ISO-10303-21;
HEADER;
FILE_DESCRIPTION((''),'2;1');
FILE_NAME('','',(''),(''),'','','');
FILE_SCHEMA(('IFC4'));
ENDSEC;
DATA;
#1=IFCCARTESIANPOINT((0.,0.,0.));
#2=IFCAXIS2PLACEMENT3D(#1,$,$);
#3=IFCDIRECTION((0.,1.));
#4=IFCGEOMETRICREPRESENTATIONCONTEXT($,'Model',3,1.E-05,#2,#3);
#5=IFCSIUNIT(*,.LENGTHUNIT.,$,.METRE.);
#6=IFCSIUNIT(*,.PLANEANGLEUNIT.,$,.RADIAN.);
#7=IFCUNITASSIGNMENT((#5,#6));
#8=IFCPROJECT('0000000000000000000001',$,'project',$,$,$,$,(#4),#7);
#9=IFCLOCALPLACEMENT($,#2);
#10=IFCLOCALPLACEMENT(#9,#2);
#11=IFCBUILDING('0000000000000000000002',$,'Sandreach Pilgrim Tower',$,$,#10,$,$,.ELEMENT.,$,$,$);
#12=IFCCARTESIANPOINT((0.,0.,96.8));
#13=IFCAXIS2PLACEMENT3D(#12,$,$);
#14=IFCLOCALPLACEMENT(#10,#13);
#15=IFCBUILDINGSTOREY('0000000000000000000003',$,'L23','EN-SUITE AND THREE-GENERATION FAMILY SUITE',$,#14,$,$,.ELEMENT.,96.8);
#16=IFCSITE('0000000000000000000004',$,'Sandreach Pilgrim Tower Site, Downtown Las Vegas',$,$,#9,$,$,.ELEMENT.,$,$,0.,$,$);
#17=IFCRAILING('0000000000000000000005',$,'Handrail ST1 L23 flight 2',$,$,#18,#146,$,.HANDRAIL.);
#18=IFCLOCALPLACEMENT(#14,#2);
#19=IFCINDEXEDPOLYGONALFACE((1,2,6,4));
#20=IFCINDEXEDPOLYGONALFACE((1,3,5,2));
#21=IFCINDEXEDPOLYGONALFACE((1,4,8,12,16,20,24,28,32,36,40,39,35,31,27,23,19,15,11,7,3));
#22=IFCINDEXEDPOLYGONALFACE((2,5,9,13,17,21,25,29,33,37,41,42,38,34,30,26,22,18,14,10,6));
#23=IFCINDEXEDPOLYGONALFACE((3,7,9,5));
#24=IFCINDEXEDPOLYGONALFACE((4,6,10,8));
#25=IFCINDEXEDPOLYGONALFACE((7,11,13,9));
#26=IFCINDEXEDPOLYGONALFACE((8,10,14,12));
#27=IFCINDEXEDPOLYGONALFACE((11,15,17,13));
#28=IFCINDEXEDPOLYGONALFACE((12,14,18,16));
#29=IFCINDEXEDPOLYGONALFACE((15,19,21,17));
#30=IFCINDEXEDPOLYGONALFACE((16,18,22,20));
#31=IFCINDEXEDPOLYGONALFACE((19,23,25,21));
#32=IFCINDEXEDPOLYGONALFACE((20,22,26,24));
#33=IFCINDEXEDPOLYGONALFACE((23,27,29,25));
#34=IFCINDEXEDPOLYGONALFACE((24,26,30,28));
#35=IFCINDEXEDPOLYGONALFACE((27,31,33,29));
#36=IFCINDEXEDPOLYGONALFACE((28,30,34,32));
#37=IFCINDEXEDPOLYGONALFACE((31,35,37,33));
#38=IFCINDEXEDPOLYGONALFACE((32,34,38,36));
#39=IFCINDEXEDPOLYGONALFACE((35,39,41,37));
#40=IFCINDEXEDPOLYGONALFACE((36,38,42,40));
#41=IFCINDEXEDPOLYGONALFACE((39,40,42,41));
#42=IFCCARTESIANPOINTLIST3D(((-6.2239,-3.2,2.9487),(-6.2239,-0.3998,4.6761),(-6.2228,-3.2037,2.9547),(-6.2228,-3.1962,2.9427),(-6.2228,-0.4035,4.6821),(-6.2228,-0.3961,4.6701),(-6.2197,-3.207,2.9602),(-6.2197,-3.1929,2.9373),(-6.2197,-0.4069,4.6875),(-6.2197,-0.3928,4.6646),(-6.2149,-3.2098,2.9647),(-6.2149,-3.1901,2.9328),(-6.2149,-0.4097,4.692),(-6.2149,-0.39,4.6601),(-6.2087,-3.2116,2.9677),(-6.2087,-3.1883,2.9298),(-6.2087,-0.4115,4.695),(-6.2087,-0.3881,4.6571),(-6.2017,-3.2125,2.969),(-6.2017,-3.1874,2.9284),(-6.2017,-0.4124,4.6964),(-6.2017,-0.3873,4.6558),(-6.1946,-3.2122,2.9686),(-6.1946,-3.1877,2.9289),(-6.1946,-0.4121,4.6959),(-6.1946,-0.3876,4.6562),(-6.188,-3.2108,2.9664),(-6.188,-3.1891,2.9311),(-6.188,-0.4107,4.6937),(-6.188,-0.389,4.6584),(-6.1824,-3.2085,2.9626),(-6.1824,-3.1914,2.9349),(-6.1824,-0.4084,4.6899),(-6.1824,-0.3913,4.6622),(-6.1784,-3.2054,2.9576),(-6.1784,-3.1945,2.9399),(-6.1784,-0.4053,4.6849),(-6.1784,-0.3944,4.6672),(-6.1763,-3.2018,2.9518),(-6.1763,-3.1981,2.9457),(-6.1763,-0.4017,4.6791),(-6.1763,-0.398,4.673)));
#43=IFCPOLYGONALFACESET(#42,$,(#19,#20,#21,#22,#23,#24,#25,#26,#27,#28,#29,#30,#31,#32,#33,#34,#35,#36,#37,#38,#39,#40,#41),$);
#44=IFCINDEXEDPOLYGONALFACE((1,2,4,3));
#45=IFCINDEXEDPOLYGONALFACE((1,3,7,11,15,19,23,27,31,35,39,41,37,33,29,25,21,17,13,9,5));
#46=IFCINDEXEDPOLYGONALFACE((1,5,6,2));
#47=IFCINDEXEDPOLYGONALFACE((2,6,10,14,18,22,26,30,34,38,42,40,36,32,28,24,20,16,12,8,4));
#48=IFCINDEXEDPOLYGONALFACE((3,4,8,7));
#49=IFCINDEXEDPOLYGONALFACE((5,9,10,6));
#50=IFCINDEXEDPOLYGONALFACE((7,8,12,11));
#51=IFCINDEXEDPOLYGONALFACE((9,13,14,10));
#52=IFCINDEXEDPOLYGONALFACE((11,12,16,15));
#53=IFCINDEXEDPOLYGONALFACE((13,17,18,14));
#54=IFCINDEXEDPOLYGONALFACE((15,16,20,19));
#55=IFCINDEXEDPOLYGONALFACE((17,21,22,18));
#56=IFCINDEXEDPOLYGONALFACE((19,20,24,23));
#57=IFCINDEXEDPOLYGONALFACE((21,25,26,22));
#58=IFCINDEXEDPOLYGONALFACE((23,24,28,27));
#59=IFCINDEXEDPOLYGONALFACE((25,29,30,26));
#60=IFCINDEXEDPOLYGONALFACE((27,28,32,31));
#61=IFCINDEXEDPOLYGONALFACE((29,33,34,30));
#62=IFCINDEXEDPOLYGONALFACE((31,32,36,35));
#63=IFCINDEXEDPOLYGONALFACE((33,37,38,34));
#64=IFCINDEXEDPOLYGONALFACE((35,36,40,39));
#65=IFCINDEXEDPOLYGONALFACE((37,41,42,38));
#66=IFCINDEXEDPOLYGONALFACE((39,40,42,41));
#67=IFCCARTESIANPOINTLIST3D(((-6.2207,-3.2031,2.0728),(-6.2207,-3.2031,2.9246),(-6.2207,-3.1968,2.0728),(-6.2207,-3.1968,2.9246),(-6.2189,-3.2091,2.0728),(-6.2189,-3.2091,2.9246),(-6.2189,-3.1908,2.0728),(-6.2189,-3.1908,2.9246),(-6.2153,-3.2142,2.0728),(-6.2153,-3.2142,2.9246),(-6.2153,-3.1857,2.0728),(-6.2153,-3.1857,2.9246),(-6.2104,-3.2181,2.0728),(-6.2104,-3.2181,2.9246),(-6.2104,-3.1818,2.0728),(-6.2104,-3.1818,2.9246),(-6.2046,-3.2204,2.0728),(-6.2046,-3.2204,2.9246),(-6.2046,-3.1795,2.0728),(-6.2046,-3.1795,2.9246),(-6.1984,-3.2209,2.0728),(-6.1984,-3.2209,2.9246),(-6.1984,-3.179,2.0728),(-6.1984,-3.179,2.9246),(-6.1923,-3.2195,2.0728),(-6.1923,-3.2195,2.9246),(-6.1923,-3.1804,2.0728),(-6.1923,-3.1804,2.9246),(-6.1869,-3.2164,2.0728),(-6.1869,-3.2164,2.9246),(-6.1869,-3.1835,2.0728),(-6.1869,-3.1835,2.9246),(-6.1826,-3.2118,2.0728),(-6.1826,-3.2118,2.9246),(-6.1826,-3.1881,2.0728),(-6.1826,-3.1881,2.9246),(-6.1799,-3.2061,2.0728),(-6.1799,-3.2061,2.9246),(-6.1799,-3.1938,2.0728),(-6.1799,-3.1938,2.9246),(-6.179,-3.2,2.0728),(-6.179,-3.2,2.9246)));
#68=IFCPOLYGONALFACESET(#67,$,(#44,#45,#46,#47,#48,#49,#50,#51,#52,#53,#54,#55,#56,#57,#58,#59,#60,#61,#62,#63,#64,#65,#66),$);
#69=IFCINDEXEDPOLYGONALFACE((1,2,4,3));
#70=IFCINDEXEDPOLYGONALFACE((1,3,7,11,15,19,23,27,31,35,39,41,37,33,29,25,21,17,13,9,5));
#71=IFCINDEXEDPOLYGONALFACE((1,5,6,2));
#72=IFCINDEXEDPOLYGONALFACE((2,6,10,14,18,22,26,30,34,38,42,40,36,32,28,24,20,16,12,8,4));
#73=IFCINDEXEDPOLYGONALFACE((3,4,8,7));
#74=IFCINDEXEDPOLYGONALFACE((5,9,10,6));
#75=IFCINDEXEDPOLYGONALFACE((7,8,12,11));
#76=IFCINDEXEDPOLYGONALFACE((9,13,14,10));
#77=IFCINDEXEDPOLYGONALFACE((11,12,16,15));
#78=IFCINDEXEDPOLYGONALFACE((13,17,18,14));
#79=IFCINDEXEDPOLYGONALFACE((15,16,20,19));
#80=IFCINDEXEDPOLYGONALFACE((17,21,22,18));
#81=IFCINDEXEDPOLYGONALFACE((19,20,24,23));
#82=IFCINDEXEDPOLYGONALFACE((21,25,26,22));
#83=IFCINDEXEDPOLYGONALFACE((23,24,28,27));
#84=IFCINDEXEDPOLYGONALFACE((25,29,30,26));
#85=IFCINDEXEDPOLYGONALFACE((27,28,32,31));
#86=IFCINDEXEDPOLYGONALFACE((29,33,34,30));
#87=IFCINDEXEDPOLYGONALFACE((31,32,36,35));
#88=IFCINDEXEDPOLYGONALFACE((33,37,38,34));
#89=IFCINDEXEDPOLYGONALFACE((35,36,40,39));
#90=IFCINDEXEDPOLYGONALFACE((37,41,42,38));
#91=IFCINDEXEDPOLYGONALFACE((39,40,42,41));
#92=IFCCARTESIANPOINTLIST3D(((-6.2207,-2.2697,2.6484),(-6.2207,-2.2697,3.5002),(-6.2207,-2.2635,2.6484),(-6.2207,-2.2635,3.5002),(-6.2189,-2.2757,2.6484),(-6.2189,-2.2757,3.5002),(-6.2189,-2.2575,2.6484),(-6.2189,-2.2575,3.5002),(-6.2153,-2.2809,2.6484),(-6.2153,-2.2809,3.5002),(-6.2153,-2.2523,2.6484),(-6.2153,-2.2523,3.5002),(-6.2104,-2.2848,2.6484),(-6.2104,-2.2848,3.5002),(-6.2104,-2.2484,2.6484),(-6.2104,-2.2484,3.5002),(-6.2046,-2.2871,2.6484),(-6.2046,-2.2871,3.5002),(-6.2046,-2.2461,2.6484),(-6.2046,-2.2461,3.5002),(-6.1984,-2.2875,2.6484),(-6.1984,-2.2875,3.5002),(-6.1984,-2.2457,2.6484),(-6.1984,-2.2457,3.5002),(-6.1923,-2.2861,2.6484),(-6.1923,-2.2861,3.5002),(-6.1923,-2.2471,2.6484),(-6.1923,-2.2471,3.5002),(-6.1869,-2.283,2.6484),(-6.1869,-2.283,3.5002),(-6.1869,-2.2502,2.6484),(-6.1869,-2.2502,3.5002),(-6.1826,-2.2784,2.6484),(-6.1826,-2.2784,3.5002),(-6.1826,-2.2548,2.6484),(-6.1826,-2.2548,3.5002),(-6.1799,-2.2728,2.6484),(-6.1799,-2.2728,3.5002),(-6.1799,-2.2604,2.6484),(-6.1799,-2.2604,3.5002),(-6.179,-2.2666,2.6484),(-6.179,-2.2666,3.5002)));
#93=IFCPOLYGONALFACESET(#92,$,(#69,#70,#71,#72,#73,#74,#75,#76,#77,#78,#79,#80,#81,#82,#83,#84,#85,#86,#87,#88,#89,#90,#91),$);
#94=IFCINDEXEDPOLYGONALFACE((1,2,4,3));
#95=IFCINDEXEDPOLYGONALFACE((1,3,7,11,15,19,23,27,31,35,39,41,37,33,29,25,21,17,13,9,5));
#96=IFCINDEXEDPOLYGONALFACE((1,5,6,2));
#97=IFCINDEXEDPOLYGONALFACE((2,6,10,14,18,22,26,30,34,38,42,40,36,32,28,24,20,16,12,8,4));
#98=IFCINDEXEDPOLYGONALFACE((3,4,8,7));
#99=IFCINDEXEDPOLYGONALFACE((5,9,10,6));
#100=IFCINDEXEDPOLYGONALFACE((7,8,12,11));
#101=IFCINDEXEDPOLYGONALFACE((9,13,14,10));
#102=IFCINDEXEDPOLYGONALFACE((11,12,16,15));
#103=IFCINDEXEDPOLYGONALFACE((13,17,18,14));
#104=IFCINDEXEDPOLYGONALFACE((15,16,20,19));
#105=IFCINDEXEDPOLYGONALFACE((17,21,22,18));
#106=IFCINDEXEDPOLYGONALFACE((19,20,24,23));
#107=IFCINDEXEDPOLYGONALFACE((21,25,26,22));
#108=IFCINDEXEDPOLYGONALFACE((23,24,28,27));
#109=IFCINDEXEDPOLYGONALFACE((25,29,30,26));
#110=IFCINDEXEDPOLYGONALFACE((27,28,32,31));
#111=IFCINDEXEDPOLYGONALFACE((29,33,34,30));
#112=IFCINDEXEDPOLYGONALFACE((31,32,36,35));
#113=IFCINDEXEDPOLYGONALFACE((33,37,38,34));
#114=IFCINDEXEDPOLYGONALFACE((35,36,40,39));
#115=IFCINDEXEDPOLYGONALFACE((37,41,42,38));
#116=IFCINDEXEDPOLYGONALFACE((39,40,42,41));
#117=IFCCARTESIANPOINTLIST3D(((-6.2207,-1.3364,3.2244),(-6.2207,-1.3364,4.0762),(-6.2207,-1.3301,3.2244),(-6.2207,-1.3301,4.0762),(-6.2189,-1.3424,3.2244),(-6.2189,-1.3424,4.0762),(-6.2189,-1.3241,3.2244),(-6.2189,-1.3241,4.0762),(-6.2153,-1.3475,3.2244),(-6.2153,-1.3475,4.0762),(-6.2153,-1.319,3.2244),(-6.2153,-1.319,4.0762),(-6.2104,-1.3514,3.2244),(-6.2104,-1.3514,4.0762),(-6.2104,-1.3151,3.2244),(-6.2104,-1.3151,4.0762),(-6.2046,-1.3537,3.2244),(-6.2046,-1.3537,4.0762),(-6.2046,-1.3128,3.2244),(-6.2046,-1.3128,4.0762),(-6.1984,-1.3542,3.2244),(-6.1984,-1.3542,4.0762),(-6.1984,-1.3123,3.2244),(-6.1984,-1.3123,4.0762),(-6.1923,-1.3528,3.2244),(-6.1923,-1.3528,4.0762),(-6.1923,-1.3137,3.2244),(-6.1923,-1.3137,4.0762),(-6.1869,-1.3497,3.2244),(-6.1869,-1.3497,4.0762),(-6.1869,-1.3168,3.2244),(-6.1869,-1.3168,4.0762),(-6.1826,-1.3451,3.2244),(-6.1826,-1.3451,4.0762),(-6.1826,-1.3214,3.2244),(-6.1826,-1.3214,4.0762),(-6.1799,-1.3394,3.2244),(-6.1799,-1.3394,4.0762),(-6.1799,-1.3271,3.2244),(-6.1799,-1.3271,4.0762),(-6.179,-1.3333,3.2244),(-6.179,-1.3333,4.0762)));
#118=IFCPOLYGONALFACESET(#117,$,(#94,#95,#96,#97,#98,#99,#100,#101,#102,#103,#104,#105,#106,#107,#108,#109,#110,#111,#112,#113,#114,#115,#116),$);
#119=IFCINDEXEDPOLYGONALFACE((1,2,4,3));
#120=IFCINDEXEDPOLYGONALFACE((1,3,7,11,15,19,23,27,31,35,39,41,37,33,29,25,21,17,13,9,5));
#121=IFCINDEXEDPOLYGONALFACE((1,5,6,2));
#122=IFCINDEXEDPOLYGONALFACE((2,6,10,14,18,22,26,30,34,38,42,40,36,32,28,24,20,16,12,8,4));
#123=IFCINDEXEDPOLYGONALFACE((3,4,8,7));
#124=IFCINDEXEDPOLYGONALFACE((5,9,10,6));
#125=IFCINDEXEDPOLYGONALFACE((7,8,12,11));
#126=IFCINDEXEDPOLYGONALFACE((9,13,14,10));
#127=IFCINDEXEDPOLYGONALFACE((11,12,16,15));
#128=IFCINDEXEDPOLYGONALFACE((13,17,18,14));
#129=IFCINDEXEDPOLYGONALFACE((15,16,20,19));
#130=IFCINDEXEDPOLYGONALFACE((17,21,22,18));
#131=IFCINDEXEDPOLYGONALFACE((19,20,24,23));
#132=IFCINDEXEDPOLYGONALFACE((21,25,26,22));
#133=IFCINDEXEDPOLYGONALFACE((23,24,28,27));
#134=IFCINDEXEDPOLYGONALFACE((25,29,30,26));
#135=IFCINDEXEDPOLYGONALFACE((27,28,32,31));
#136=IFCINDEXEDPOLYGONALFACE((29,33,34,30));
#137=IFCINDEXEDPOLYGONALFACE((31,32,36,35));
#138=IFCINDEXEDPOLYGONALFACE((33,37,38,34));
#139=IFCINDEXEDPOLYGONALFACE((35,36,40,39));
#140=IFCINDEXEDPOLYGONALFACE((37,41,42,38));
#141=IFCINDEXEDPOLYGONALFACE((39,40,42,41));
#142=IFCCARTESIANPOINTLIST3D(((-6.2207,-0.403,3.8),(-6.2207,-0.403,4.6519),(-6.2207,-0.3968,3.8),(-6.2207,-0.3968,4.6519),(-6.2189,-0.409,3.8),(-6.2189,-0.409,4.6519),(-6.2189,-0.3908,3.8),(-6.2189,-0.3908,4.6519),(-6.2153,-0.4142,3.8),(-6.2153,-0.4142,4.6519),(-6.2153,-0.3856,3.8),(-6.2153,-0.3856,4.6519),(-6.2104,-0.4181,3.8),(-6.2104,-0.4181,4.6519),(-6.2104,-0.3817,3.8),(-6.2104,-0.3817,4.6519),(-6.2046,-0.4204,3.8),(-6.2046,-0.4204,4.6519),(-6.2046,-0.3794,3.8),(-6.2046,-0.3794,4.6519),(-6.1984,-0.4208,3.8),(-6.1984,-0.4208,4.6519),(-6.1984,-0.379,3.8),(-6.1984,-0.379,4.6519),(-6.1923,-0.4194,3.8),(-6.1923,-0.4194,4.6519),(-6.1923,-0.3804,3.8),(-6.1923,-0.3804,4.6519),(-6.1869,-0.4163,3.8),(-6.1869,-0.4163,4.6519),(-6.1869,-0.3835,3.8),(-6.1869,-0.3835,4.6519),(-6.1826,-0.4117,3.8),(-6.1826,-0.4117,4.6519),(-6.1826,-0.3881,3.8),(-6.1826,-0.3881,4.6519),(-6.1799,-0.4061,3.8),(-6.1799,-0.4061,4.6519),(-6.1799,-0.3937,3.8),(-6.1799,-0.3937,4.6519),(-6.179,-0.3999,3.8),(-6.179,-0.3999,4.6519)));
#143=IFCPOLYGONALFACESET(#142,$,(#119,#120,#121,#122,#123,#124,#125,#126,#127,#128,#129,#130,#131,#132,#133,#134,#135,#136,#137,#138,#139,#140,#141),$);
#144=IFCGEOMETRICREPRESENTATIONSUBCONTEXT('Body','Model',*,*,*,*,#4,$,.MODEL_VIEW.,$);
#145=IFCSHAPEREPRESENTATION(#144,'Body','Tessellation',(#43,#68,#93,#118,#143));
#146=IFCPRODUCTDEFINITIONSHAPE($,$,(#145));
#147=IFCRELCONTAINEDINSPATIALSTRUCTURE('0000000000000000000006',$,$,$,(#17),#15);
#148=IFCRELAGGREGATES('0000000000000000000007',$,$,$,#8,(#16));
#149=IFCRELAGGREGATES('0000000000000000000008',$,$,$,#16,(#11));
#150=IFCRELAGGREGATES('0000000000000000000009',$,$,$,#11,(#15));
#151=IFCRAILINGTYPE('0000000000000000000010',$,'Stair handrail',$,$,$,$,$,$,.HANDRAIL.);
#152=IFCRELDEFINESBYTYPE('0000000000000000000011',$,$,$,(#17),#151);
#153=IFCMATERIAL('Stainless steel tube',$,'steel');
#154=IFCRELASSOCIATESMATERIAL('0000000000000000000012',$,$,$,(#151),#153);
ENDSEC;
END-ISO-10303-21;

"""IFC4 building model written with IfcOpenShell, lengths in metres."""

from ifc_helpers import new_model, si_unit, direction, frame, origin, origin_2d, place, context, subcontext, project, spatial, circle, extrude, material, type_object, element, save


model = new_model("IFC4")

# Units and contexts
model_context = context("Model", 3, precision=1e-05, world=origin(), true_north=direction((0.0, 1.0)))
body_context = subcontext(model_context, "Body", "Model", "MODEL_VIEW")
ifc_project = project(units=[si_unit("LENGTHUNIT", "METRE"), si_unit("PLANEANGLEUNIT", "RADIAN")], contexts=[model_context])

# Site, building, storey
site_placement = place(None, origin())
site = spatial("IfcSite", under=ifc_project, at=site_placement, Name="Sandreach Pilgrim Tower Site, Downtown Las Vegas", CompositionType="ELEMENT", RefElevation=0.0)
building_placement = place(site_placement, origin())
building = spatial("IfcBuilding", under=site, at=building_placement, Name="Sandreach Pilgrim Tower", CompositionType="ELEMENT")
storey_placement = place(building_placement, frame((0.0, 0.0, 96.8)))
storey = spatial("IfcBuildingStorey", under=building, at=storey_placement, Name="L23", Description="EN-SUITE AND THREE-GENERATION FAMILY SUITE", CompositionType="ELEMENT", Elevation=96.8)

# Railing
ifc_material_1 = material(Name="Stainless steel tube", Category="steel")
railing_type = type_object("IfcRailingType", Name="Stair handrail", PredefinedType="HANDRAIL", material=ifc_material_1)
for number, where, name in (
    (1, (-6.2, -3.2, 2.0728), "Handrail ST1 L23 flight 2"),
):
    element("IfcRailing", number, at=place(storey_placement, frame(where)), inside=storey, type_object=railing_type, Name=name, PredefinedType="HANDRAIL", context=body_context, shape_type="SweptSolid", body=[
        extrude(circle(Radius=0.0239, at=origin_2d()), frame((0.0, 0.0, 0.876), z_axis=(0.0, 0.85109, 0.52502), x_axis=(-1.0, 0.0, 0.0)), (0.0, 0.0, 1.0), 3.29),
        extrude(circle(Radius=0.021, at=origin_2d()), origin(), (0.0, 0.0, 1.0), 0.8518),
        extrude(circle(Radius=0.021, at=origin_2d()), frame((0.0, 0.9333, 0.5757)), (0.0, 0.0, 1.0), 0.8518),
        extrude(circle(Radius=0.021, at=origin_2d()), frame((0.0, 1.8667, 1.1516)), (0.0, 0.0, 1.0), 0.8518),
        extrude(circle(Radius=0.021, at=origin_2d()), frame((0.0, 2.8, 1.7273)), (0.0, 0.0, 1.0), 0.8518),
    ])

save(model, "model.ifc")
